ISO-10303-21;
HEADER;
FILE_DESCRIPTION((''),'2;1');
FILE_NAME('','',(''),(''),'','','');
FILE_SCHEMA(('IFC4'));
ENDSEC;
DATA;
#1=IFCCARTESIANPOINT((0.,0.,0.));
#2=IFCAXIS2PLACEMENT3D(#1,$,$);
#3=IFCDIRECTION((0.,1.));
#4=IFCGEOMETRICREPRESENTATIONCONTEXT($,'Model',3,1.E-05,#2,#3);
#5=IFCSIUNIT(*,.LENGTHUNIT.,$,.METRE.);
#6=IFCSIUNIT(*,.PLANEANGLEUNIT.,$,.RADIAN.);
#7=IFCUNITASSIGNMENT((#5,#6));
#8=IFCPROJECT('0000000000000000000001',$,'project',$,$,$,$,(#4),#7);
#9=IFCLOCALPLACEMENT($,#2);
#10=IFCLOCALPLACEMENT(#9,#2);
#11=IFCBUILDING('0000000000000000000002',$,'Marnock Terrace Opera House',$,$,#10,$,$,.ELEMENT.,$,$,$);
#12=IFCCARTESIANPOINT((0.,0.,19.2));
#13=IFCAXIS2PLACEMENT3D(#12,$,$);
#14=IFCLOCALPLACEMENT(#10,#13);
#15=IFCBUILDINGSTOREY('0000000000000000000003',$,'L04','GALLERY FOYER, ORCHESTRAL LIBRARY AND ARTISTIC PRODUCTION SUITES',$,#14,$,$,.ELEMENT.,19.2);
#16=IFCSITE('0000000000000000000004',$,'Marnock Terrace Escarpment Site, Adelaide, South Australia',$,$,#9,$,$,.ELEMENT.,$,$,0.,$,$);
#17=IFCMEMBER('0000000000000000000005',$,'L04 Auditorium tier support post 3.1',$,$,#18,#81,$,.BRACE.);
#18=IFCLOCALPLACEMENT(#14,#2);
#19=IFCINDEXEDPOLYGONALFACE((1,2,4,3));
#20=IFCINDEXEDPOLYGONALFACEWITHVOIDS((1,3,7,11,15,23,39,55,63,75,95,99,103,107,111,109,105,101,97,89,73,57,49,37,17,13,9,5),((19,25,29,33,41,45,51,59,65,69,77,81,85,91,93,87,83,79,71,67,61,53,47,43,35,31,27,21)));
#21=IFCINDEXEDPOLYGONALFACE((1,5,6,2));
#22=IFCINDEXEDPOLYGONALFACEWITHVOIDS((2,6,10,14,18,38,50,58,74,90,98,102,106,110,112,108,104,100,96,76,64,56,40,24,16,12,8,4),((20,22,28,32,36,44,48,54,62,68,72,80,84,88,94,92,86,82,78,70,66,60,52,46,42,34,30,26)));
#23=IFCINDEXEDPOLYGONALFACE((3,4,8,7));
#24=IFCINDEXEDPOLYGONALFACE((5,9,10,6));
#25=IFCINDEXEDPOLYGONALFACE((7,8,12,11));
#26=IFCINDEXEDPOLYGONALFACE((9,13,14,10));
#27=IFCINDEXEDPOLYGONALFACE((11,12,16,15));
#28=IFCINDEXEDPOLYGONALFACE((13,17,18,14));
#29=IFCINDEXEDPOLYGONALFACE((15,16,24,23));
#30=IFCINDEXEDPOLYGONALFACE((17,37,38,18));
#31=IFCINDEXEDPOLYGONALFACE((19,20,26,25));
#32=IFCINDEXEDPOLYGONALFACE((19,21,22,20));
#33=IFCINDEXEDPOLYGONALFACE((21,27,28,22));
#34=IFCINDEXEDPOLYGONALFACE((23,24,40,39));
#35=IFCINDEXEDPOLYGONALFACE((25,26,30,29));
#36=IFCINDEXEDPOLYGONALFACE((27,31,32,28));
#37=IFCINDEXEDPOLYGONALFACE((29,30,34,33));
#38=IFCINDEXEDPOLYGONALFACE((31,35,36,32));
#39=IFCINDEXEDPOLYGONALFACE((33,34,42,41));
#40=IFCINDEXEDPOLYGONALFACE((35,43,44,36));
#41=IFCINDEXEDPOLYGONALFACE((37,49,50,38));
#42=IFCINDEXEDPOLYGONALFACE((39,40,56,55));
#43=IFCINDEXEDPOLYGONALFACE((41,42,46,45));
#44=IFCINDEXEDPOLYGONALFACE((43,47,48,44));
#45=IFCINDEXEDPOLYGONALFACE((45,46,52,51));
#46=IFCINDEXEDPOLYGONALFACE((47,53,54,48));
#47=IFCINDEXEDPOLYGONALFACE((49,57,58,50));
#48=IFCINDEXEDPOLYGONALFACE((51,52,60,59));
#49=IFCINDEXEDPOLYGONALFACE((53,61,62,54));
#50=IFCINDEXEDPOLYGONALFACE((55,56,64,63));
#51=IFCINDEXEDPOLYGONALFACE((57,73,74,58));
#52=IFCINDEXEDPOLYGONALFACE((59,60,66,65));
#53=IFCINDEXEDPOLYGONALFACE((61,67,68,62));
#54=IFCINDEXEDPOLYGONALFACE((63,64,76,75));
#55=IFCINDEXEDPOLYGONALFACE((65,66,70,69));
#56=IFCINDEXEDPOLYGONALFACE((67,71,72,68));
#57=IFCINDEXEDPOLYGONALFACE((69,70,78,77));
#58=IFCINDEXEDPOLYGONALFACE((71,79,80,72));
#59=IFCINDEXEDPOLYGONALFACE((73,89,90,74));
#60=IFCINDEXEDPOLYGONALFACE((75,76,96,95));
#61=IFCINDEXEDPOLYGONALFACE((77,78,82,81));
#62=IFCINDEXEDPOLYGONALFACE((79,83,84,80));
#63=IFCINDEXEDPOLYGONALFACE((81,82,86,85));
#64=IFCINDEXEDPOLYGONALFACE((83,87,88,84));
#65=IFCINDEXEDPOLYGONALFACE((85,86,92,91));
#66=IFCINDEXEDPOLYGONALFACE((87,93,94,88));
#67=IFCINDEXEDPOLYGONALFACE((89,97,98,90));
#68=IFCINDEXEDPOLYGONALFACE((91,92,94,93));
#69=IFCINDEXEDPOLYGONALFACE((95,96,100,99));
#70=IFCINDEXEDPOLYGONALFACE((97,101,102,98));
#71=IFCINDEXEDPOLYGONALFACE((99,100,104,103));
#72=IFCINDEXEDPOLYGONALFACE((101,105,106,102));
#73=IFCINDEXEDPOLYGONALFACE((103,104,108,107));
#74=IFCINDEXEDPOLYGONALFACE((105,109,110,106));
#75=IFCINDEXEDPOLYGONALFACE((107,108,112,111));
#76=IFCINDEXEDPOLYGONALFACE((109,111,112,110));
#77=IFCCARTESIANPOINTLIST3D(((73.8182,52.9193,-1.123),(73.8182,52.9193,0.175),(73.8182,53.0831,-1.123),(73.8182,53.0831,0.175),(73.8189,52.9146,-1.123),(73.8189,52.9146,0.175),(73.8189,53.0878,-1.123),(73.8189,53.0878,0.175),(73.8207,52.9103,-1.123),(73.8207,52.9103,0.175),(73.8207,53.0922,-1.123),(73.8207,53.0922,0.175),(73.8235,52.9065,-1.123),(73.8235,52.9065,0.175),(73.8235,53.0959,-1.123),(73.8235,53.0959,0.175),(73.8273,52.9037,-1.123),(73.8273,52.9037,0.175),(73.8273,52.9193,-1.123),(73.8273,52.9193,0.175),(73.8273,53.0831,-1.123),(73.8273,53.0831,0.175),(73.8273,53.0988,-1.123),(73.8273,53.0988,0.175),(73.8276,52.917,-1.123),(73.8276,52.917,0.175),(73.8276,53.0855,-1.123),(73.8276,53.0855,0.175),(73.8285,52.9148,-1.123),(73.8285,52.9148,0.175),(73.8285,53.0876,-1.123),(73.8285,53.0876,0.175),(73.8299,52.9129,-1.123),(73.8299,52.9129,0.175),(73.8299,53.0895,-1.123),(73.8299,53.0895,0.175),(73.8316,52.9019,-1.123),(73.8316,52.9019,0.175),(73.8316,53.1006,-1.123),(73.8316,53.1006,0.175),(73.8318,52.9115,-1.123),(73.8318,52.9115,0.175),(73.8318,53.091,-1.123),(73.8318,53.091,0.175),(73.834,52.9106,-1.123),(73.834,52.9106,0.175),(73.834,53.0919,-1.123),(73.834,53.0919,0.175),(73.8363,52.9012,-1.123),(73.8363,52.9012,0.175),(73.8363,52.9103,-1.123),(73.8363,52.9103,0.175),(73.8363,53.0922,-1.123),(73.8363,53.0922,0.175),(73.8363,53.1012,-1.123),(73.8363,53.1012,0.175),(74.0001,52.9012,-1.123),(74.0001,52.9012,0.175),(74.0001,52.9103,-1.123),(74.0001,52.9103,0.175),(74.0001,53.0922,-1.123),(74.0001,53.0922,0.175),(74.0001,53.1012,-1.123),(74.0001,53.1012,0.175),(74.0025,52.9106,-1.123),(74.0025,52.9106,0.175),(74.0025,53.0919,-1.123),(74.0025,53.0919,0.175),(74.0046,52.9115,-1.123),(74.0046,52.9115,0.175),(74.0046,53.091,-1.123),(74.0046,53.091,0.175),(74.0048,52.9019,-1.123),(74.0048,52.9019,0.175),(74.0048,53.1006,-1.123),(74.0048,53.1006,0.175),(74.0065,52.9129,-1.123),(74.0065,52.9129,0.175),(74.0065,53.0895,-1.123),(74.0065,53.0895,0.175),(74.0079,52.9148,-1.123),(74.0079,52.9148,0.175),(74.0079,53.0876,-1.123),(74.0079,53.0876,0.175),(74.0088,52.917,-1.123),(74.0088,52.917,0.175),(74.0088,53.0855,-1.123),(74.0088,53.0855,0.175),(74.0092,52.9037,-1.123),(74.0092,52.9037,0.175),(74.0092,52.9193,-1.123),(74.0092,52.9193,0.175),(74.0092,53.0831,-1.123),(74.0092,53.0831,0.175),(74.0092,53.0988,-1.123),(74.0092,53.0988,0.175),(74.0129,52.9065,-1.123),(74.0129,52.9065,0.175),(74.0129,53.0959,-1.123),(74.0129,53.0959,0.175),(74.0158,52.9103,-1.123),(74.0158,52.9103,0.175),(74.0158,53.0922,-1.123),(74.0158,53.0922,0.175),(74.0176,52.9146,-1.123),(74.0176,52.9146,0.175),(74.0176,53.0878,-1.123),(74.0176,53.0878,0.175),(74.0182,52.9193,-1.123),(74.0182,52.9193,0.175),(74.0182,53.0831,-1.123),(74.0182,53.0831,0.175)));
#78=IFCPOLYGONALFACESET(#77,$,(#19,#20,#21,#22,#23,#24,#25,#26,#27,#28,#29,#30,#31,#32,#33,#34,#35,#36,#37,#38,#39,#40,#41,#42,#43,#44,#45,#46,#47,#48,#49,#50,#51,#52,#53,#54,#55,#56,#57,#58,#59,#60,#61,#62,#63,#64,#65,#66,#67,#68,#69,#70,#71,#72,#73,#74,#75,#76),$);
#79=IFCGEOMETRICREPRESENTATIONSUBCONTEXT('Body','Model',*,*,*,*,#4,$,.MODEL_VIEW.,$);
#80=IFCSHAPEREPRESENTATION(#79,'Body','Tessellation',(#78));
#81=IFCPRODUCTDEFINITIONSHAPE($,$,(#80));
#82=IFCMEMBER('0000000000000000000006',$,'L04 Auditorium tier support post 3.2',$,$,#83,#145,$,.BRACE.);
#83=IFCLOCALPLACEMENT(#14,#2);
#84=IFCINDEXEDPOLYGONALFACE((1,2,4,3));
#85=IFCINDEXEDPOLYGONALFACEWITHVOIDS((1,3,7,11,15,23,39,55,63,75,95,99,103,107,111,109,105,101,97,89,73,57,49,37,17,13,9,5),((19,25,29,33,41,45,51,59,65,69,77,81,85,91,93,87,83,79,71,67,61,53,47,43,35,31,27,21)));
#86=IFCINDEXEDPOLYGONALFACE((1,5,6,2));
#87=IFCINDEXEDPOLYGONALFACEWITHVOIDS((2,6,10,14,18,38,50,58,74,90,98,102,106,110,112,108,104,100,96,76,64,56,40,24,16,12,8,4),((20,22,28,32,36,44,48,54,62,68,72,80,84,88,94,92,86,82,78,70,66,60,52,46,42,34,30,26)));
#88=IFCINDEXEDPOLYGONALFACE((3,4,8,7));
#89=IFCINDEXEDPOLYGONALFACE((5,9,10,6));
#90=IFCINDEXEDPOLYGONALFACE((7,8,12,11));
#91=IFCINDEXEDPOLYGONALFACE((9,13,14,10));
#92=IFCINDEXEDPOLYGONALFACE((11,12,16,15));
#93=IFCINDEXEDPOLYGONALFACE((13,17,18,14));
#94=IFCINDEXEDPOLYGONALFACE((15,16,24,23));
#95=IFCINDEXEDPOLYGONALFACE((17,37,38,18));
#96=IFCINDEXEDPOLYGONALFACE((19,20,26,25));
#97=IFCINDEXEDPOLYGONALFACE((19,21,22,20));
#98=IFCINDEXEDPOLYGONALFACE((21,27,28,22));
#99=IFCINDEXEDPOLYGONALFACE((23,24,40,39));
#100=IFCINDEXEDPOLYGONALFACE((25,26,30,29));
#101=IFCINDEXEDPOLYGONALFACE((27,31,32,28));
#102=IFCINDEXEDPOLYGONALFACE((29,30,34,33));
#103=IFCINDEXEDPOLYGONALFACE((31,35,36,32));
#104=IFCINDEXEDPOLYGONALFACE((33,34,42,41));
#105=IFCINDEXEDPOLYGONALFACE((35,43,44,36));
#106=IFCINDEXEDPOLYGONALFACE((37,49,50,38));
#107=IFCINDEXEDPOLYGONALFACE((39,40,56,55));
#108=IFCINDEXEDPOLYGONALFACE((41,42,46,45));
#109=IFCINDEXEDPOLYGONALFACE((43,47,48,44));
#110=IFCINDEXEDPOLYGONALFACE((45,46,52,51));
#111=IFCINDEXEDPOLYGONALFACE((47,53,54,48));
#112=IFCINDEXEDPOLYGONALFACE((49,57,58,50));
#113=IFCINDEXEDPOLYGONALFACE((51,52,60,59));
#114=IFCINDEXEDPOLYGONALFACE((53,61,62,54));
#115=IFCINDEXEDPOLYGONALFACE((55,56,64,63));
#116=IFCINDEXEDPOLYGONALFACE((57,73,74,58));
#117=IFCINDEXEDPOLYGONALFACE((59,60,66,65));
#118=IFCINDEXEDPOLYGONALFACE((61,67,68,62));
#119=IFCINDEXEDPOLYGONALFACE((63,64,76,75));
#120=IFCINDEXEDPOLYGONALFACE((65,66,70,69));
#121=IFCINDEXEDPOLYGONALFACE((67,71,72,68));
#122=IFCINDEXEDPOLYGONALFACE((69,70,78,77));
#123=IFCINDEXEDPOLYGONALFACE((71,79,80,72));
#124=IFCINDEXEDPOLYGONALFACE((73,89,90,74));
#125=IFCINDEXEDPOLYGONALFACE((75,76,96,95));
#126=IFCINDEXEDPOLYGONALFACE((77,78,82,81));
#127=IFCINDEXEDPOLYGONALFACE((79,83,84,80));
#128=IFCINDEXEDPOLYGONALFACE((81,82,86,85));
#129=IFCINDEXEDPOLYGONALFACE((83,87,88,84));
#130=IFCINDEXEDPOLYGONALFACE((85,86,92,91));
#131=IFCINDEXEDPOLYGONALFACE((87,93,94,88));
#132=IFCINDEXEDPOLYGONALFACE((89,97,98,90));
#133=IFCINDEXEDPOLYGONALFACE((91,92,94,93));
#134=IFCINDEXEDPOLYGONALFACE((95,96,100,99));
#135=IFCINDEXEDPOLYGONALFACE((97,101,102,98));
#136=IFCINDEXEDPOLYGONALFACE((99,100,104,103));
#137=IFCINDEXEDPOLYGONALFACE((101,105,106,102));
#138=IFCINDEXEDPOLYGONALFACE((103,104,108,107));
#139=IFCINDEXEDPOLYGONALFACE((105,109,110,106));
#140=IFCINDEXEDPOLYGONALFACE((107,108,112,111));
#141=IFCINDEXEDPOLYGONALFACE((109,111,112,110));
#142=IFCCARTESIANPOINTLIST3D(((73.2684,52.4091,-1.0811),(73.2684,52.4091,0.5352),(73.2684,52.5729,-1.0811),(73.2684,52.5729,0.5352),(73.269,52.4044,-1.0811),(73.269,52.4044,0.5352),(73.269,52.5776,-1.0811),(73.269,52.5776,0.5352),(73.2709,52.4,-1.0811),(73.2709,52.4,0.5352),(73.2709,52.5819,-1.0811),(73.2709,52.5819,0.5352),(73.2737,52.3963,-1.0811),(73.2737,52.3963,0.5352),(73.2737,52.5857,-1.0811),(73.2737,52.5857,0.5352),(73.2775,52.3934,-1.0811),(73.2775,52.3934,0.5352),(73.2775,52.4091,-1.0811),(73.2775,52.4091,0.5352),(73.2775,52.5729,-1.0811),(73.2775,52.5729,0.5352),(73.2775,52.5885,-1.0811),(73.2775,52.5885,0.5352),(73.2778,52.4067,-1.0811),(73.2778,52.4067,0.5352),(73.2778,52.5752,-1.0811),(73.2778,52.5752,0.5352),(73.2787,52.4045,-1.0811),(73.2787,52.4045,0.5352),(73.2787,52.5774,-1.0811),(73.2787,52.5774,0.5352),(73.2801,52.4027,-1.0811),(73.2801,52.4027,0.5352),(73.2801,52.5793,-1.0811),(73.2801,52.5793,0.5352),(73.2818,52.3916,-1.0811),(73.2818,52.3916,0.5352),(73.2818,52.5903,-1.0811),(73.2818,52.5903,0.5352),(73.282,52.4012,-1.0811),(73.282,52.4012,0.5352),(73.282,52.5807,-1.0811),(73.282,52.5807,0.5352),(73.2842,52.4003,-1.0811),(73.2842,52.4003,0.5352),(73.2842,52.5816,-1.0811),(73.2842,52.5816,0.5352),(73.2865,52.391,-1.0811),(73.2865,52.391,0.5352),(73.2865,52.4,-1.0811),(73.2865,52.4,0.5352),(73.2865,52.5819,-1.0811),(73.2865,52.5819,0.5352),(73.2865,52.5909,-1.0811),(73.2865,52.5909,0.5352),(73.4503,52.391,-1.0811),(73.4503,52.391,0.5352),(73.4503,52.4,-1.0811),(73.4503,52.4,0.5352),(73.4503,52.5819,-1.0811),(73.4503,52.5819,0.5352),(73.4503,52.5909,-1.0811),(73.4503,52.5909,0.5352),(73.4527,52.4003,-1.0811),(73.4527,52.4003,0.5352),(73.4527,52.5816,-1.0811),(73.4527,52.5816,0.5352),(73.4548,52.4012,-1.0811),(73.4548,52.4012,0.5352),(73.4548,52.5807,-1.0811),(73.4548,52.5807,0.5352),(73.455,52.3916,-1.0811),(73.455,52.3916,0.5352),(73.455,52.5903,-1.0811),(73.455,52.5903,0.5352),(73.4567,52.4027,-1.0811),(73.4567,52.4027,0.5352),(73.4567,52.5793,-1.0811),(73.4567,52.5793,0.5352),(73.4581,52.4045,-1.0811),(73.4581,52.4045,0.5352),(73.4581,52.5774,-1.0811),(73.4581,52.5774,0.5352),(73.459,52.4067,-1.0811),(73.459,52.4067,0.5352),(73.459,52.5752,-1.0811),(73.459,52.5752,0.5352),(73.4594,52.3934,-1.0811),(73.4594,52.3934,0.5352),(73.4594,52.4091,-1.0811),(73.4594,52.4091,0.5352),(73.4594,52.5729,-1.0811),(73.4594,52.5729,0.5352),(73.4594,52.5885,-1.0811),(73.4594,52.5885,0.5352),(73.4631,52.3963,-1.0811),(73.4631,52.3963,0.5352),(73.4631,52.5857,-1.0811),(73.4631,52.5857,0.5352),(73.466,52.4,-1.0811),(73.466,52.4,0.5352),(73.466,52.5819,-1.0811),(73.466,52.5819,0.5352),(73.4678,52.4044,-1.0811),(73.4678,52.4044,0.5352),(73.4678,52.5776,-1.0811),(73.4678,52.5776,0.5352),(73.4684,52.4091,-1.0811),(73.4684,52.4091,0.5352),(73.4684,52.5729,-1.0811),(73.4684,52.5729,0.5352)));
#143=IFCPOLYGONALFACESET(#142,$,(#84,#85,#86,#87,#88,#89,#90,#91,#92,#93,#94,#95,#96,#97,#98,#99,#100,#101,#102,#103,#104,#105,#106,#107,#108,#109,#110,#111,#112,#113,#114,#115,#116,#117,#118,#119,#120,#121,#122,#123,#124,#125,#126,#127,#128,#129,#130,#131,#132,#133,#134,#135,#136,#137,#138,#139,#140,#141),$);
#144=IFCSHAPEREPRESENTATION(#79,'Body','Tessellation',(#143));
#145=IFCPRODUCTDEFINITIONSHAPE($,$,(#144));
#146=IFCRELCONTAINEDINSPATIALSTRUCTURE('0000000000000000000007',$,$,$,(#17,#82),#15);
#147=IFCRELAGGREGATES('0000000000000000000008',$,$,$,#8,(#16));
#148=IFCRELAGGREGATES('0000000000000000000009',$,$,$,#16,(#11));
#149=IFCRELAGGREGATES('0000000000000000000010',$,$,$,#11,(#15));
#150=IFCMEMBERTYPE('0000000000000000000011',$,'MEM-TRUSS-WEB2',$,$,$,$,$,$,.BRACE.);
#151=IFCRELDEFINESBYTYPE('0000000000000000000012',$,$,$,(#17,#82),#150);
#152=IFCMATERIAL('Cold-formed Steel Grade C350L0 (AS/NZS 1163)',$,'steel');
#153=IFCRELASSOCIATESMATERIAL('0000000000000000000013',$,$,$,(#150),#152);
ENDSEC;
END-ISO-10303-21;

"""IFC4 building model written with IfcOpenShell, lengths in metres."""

from ifc_helpers import new_model, si_unit, direction, frame, origin, origin_2d, place, context, subcontext, project, spatial, hollow_rectangle, extrude, material, material_profile, profile_set, type_object, element, save


model = new_model("IFC4")

# Units and contexts
model_context = context("Model", 3, precision=1e-05, world=origin(), true_north=direction((0.0, 1.0)))
body_context = subcontext(model_context, "Body", "Model", "MODEL_VIEW")
ifc_project = project(units=[si_unit("LENGTHUNIT", "METRE"), si_unit("PLANEANGLEUNIT", "RADIAN")], contexts=[model_context])

# Site, building, storey
site_placement = place(None, origin())
site = spatial("IfcSite", under=ifc_project, at=site_placement, Name="Marnock Terrace Escarpment Site, Adelaide, South Australia", CompositionType="ELEMENT", RefElevation=0.0)
building_placement = place(site_placement, origin())
building = spatial("IfcBuilding", under=site, at=building_placement, Name="Marnock Terrace Opera House", CompositionType="ELEMENT")
storey_placement = place(building_placement, frame((0.0, 0.0, 19.2)))
storey = spatial("IfcBuildingStorey", under=building, at=storey_placement, Name="L04", Description="GALLERY FOYER, ORCHESTRAL LIBRARY AND ARTISTIC PRODUCTION SUITES", CompositionType="ELEMENT", Elevation=19.2)

# Members
ifc_material_1 = material(Name="Cold-formed Steel Grade C350L0 (AS/NZS 1163)", Category="steel")
ifc_material_profile_1 = material_profile(ifc_material_1, hollow_rectangle(XDim=0.2, YDim=0.2, WallThickness=0.009, InnerFilletRadius=0.009, OuterFilletRadius=0.0181, at=origin_2d()))
ifc_profile_set_1 = profile_set([ifc_material_profile_1], Name="Cold-formed Steel Grade C350L0 (AS/NZS 1163)")
member_type = type_object("IfcMemberType", Name="MEM-TRUSS-WEB2", PredefinedType="BRACE", material=ifc_profile_set_1)
member_1_placement = place(storey_placement, frame((73.9182, 53.0012, -1.123), z_axis=(0.0, 0.0, 1.0), x_axis=(1.0, 0.0, 0.0)))
element("IfcMember", 1, at=member_1_placement, inside=storey, type_object=member_type, Name="L04 Auditorium tier support post 3.1", PredefinedType="BRACE", context=body_context, shape_type="SweptSolid", body=[
    extrude(hollow_rectangle(XDim=0.2, YDim=0.2, WallThickness=0.009, InnerFilletRadius=0.009, OuterFilletRadius=0.0181, at=origin_2d()), origin(), (0.0, 0.0, 1.0), 1.2981),
])
member_2_placement = place(storey_placement, frame((73.3684, 52.491, -1.0811), z_axis=(0.0, 0.0, 1.0), x_axis=(1.0, 0.0, 0.0)))
element("IfcMember", 2, at=member_2_placement, inside=storey, type_object=member_type, Name="L04 Auditorium tier support post 3.2", PredefinedType="BRACE", context=body_context, shape_type="SweptSolid", body=[
    extrude(hollow_rectangle(XDim=0.2, YDim=0.2, WallThickness=0.009, InnerFilletRadius=0.009, OuterFilletRadius=0.0181, at=origin_2d()), origin(), (0.0, 0.0, 1.0), 1.6162),
])

save(model, "model.ifc")
